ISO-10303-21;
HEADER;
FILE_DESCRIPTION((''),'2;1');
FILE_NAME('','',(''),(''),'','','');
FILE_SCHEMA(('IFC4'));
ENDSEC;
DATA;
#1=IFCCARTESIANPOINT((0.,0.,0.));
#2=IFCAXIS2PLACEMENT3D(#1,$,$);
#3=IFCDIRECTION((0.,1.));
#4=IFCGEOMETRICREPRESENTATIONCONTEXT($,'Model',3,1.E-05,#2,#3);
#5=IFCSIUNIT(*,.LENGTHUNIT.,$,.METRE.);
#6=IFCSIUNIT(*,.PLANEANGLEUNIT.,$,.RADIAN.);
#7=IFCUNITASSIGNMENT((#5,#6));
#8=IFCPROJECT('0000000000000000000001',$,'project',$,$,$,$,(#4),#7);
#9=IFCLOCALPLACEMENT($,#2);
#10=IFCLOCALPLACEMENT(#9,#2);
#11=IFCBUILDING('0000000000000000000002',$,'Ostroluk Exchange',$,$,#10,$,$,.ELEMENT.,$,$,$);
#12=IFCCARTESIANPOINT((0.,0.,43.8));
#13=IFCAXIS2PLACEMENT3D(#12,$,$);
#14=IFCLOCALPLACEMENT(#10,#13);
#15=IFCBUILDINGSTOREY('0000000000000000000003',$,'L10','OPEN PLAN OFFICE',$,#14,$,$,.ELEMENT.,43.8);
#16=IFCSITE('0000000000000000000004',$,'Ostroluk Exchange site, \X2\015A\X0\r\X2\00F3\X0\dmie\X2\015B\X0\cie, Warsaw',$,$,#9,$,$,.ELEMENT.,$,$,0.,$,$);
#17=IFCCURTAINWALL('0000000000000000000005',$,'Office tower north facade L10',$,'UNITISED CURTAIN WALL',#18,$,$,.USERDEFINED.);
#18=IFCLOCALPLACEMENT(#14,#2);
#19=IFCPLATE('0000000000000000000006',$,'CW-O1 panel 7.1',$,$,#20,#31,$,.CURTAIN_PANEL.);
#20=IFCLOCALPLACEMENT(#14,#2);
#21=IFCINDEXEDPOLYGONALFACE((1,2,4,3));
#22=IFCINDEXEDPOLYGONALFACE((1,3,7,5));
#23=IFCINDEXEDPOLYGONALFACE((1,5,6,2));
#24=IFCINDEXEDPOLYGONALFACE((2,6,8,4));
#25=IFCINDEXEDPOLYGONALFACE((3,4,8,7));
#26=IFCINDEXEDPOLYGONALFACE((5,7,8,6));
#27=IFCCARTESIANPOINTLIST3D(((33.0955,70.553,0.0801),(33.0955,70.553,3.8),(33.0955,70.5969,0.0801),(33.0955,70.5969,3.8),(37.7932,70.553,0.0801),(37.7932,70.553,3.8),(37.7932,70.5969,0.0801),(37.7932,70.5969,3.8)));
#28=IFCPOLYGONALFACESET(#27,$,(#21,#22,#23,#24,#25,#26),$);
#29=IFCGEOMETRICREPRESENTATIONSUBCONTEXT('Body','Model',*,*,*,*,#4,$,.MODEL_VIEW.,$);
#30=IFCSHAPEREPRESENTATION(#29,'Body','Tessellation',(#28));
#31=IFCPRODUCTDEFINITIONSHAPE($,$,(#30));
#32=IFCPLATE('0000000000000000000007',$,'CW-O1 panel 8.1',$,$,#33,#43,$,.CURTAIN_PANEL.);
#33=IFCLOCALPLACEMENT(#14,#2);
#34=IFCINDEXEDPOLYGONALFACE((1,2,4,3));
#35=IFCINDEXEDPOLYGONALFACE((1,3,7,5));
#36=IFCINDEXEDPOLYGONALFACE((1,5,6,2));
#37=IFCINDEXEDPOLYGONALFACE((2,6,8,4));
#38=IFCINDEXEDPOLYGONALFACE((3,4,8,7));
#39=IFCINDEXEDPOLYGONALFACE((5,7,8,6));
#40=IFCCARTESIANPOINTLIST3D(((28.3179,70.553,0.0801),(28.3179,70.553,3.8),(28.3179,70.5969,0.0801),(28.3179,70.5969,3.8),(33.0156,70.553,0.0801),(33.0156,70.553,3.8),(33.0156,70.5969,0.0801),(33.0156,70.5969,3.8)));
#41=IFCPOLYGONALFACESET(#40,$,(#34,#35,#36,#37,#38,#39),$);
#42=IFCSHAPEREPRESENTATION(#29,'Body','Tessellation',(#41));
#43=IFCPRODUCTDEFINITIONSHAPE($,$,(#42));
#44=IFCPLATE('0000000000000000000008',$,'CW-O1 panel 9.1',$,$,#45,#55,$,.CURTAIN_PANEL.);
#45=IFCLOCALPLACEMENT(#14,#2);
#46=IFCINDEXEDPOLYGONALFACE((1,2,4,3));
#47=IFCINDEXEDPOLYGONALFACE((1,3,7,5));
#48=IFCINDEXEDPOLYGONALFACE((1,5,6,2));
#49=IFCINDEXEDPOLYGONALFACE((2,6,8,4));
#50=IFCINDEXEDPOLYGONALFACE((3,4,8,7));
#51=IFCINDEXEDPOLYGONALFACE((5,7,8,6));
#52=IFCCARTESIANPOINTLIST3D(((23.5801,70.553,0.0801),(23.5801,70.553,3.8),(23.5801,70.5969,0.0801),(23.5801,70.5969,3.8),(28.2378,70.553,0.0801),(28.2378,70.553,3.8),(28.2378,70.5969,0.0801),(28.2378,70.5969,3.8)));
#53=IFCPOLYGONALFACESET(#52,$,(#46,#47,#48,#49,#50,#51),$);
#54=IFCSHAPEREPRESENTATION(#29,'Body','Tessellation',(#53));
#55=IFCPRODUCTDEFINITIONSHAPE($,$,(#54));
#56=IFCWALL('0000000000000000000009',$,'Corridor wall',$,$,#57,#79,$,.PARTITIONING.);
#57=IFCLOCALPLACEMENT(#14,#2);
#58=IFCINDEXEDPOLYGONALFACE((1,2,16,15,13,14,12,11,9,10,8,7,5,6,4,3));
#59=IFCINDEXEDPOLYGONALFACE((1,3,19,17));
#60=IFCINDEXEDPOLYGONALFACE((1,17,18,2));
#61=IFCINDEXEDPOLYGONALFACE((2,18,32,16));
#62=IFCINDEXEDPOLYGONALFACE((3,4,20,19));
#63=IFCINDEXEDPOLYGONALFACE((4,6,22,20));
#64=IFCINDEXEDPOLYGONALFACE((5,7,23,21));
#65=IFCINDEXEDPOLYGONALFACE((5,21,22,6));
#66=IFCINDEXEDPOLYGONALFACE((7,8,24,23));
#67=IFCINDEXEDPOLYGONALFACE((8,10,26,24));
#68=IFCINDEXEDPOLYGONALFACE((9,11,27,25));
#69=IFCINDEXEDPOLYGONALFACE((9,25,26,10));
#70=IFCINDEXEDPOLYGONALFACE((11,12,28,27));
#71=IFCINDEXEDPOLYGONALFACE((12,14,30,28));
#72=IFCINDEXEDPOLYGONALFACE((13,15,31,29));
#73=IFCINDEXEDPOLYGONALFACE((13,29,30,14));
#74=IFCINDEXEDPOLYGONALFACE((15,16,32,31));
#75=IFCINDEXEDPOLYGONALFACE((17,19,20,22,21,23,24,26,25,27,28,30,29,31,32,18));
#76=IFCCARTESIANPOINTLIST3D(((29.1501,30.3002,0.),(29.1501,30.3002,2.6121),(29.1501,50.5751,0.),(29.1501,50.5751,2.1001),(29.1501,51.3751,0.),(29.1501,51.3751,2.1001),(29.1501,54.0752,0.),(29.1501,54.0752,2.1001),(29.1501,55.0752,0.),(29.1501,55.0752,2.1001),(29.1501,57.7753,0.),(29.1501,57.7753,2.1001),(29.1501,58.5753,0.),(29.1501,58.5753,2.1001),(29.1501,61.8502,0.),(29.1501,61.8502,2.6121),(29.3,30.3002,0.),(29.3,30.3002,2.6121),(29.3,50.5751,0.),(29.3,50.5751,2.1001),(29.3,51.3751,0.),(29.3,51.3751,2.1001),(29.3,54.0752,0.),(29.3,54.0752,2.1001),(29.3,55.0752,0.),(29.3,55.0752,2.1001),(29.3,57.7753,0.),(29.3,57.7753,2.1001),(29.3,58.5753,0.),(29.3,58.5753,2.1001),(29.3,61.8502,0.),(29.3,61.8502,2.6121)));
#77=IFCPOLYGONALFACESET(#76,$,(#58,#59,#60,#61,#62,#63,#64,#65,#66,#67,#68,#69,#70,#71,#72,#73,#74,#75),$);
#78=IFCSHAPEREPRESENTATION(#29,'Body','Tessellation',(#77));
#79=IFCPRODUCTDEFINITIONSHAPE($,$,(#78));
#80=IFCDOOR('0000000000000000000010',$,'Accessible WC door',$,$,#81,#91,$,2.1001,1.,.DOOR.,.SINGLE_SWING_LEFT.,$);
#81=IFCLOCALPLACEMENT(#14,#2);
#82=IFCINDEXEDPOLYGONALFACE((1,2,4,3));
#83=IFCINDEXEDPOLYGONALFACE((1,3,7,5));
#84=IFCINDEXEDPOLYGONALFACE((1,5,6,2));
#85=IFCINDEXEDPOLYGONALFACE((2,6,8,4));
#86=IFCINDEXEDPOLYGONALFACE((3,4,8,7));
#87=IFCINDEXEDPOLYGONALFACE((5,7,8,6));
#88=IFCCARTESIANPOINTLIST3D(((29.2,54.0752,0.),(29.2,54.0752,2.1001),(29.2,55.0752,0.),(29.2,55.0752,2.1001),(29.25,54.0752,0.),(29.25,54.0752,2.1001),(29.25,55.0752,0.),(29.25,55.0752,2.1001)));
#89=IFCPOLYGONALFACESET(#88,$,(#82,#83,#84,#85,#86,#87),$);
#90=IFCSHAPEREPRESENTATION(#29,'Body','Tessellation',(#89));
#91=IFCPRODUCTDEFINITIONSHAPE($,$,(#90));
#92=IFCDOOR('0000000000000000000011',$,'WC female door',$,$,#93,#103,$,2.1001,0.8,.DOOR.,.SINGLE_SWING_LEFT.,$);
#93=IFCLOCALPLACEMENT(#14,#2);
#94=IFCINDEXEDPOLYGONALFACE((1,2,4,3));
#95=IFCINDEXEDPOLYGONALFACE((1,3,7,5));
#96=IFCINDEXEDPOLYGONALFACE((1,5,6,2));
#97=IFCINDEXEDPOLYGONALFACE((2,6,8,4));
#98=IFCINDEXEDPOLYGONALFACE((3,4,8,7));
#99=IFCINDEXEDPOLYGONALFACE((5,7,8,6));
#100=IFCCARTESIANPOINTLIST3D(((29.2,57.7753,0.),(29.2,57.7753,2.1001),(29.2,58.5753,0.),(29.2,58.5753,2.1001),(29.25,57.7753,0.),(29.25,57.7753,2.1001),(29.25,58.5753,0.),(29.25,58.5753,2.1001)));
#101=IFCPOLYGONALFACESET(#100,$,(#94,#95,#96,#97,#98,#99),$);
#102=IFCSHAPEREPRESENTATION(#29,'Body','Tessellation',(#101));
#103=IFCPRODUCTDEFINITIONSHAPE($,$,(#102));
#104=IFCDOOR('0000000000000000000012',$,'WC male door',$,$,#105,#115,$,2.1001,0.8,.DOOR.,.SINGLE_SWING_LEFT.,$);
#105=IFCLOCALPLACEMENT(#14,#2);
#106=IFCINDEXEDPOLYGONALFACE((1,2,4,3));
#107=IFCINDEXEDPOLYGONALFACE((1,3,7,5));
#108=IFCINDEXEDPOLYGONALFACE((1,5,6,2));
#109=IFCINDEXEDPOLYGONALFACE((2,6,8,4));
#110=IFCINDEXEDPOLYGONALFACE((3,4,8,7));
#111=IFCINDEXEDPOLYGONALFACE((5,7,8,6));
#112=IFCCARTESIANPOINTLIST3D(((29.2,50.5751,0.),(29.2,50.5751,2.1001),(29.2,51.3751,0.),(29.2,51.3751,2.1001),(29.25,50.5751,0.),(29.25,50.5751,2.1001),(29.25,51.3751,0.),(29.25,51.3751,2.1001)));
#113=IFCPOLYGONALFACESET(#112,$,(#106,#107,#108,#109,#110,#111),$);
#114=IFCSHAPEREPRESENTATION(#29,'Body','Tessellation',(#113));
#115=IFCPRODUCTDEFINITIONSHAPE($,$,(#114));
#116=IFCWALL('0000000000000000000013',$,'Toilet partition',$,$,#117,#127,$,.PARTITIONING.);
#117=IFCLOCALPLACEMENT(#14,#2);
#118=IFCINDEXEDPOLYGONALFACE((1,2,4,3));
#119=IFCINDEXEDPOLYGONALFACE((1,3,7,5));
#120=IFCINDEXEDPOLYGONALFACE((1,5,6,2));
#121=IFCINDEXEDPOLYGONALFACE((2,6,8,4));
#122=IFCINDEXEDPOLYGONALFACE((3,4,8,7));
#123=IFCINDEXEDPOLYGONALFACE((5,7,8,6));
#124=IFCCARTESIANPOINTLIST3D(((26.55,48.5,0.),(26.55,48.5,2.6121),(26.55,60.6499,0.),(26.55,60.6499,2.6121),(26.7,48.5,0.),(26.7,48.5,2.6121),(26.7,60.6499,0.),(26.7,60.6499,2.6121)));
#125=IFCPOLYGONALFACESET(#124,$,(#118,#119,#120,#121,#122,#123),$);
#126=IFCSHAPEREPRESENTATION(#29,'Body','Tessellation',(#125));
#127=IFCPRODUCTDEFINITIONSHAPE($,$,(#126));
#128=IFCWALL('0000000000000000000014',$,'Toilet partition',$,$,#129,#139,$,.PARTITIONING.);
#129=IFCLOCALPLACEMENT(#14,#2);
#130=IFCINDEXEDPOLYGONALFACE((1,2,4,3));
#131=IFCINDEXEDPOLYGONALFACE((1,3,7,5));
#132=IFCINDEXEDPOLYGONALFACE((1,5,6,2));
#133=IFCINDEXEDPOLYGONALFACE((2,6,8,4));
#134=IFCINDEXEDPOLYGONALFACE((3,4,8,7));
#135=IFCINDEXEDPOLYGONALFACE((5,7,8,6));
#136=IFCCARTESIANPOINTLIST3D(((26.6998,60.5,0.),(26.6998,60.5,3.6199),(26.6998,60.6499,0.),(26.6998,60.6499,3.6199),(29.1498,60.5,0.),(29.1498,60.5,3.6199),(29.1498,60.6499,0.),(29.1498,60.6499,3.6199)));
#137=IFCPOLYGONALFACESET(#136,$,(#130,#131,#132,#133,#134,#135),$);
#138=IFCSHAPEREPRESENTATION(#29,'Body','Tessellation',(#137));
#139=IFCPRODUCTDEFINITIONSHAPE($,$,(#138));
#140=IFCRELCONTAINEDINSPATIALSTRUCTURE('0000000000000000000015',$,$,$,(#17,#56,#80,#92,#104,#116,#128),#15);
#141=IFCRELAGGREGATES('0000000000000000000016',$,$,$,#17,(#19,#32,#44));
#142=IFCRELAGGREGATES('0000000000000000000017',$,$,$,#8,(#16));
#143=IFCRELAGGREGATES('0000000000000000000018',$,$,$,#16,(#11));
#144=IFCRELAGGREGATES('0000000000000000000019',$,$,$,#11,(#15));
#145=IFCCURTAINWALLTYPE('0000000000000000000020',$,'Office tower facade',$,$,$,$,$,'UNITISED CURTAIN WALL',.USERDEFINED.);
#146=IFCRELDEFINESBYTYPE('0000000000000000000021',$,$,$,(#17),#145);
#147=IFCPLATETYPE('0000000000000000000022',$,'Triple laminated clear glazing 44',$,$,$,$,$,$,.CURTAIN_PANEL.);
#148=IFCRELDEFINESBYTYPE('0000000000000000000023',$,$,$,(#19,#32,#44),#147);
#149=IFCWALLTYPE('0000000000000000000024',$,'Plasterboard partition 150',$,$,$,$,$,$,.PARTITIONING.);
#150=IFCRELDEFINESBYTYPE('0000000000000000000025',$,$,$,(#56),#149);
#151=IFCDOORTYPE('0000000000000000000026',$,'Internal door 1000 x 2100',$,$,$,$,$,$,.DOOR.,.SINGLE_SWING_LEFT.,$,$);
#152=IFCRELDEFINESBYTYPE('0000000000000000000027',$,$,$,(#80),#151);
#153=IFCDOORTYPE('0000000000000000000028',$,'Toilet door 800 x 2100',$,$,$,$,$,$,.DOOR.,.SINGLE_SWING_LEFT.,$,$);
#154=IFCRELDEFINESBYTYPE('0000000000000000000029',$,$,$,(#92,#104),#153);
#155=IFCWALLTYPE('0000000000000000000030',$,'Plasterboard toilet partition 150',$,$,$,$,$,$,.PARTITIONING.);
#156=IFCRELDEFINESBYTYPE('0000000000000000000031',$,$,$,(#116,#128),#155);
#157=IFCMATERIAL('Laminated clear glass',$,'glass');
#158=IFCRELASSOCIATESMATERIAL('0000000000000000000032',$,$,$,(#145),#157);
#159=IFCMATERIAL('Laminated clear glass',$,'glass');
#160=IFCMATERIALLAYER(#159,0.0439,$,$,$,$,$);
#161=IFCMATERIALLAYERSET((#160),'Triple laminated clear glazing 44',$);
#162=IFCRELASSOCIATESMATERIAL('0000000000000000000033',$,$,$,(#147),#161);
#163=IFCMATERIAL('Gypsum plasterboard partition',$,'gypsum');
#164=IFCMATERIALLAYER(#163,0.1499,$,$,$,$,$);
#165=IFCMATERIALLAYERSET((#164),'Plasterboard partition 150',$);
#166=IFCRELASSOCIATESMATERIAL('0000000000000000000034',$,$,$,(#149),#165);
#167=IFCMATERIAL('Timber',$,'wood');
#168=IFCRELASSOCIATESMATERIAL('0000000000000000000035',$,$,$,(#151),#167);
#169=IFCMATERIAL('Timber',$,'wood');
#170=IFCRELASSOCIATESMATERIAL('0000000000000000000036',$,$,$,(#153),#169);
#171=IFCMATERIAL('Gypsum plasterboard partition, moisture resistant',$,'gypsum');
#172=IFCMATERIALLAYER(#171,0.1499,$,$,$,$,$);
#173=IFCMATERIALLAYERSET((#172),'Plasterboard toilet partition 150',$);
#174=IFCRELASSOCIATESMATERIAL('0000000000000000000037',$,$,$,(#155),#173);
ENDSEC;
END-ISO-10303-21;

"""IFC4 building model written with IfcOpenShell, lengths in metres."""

from ifc_helpers import new_model, si_unit, direction, frame, frame_2d, origin, origin_2d, place, context, subcontext, project, spatial, rectangle, extrude, material, layer, layer_set, type_object, element, fill, aggregate, save


model = new_model("IFC4")

# Units and contexts
model_context = context("Model", 3, precision=1e-05, world=origin(), true_north=direction((0.0, 1.0)))
body_context = subcontext(model_context, "Body", "Model", "MODEL_VIEW")
ifc_project = project(units=[si_unit("LENGTHUNIT", "METRE"), si_unit("PLANEANGLEUNIT", "RADIAN")], contexts=[model_context])

# Site, building, storey
site_placement = place(None, origin())
site = spatial("IfcSite", under=ifc_project, at=site_placement, Name="Ostroluk Exchange site, Śródmieście, Warsaw", CompositionType="ELEMENT", RefElevation=0.0)
building_placement = place(site_placement, origin())
building = spatial("IfcBuilding", under=site, at=building_placement, Name="Ostroluk Exchange", CompositionType="ELEMENT")
storey_placement = place(building_placement, frame((0.0, 0.0, 43.8)))
storey = spatial("IfcBuildingStorey", under=building, at=storey_placement, Name="L10", Description="OPEN PLAN OFFICE", CompositionType="ELEMENT", Elevation=43.8)

# Curtain wall, plates
ifc_material_1 = material(Name="Laminated clear glass", Category="glass")
curtain_wall_type = type_object("IfcCurtainWallType", Name="Office tower facade", ElementType="UNITISED CURTAIN WALL", PredefinedType="USERDEFINED", material=ifc_material_1)
curtain_wall_placement = place(storey_placement, origin())
curtain_wall = element("IfcCurtainWall", 1, at=curtain_wall_placement, inside=storey, type_object=curtain_wall_type, Name="Office tower north facade L10", ObjectType="UNITISED CURTAIN WALL", PredefinedType="USERDEFINED")
ifc_material_2 = material(Name="Laminated clear glass", Category="glass")
ifc_layer_1 = layer(ifc_material_2, 0.0439)
ifc_layer_set_1 = layer_set([ifc_layer_1], Name="Triple laminated clear glazing 44")
plate_type = type_object("IfcPlateType", Name="Triple laminated clear glazing 44", PredefinedType="CURTAIN_PANEL", material=ifc_layer_set_1)
plate_1_placement = place(storey_placement, frame((35.4443, 70.575, 0.0801), z_axis=(0.0, 0.0, 1.0), x_axis=(-1.0, 0.0, 0.0)))
plate_1 = element("IfcPlate", 2, at=plate_1_placement, type_object=plate_type, Name="CW-O1 panel 7.1", PredefinedType="CURTAIN_PANEL", context=body_context, shape_type="SweptSolid", body=[
    extrude(rectangle(XDim=4.6978, YDim=0.0439, at=origin_2d()), origin(), (0.0, 0.0, 1.0), 3.72),
])
plate_2_placement = place(storey_placement, frame((30.6667, 70.575, 0.0801), z_axis=(0.0, 0.0, 1.0), x_axis=(-1.0, 0.0, 0.0)))
plate_2 = element("IfcPlate", 3, at=plate_2_placement, type_object=plate_type, Name="CW-O1 panel 8.1", PredefinedType="CURTAIN_PANEL", context=body_context, shape_type="SweptSolid", body=[
    extrude(rectangle(XDim=4.6978, YDim=0.0439, at=origin_2d()), origin(), (0.0, 0.0, 1.0), 3.72),
])
plate_3_placement = place(storey_placement, frame((25.9089, 70.575, 0.0801), z_axis=(0.0, 0.0, 1.0), x_axis=(-1.0, 0.0, 0.0)))
plate_3 = element("IfcPlate", 4, at=plate_3_placement, type_object=plate_type, Name="CW-O1 panel 9.1", PredefinedType="CURTAIN_PANEL", context=body_context, shape_type="SweptSolid", body=[
    extrude(rectangle(XDim=4.6577, YDim=0.0439, at=origin_2d()), origin(), (0.0, 0.0, 1.0), 3.72),
])
aggregate(curtain_wall, [plate_1, plate_2, plate_3])

# Wall, openings, doors
ifc_material_3 = material(Name="Gypsum plasterboard partition", Category="gypsum")
ifc_layer_2 = layer(ifc_material_3, 0.1499)
ifc_layer_set_2 = layer_set([ifc_layer_2], Name="Plasterboard partition 150")
wall_type_1 = type_object("IfcWallType", Name="Plasterboard partition 150", PredefinedType="PARTITIONING", material=ifc_layer_set_2)
wall_1_placement = place(storey_placement, frame((29.2251, 61.8501, 0.0), z_axis=(0.0, 0.0, 1.0), x_axis=(0.0, -1.0, 0.0)))
wall_1 = element("IfcWall", 5, at=wall_1_placement, inside=storey, type_object=wall_type_1, Name="Corridor wall", PredefinedType="PARTITIONING", context=body_context, shape_type="SweptSolid", body=[
    extrude(rectangle(XDim=31.55, YDim=0.1499, at=frame_2d((15.7749, 0.0))), origin(), (0.0, 0.0, 1.0), 2.6121),
])
opening_1_placement = place(wall_1_placement, frame((3.2749, 0.0, 0.0)))
opening_1 = element("IfcOpeningElement", 6, at=opening_1_placement, cuts=wall_1, PredefinedType="OPENING", context=body_context, shape_type="SweptSolid", body=[
    extrude(rectangle(XDim=0.8, YDim=2.1001, at=frame_2d((0.3999, 1.05))), frame((0.0, 0.085, 0.0), z_axis=(0.0, -1.0, 0.0), x_axis=(1.0, 0.0, 0.0)), (0.0, 0.0, 1.0), 0.1699),
])
opening_2_placement = place(wall_1_placement, frame((6.7749, 0.0, 0.0)))
opening_2 = element("IfcOpeningElement", 7, at=opening_2_placement, cuts=wall_1, PredefinedType="OPENING", context=body_context, shape_type="SweptSolid", body=[
    extrude(rectangle(XDim=1.0, YDim=2.1001, at=frame_2d((0.5, 1.05))), frame((0.0, 0.085, 0.0), z_axis=(0.0, -1.0, 0.0), x_axis=(1.0, 0.0, 0.0)), (0.0, 0.0, 1.0), 0.1699),
])
opening_3_placement = place(wall_1_placement, frame((10.4751, 0.0, 0.0)))
opening_3 = element("IfcOpeningElement", 8, at=opening_3_placement, cuts=wall_1, PredefinedType="OPENING", context=body_context, shape_type="SweptSolid", body=[
    extrude(rectangle(XDim=0.8, YDim=2.1001, at=frame_2d((0.3999, 1.05))), frame((0.0, 0.085, 0.0), z_axis=(0.0, -1.0, 0.0), x_axis=(1.0, 0.0, 0.0)), (0.0, 0.0, 1.0), 0.1699),
])
ifc_material_4 = material(Name="Timber", Category="wood")
door_type_1 = type_object("IfcDoorType", Name="Internal door 1000 x 2100", OperationType="SINGLE_SWING_LEFT", PredefinedType="DOOR", material=ifc_material_4)
door_1_placement = place(opening_2_placement, origin())
door_1 = element("IfcDoor", 9, at=door_1_placement, inside=storey, type_object=door_type_1, Name="Accessible WC door", OperationType="SINGLE_SWING_LEFT", OverallHeight=2.1001, OverallWidth=1.0, PredefinedType="DOOR", context=body_context, shape_type="SweptSolid", body=[
    extrude(rectangle(XDim=1.0, YDim=2.1001, at=frame_2d((0.5, 1.05))), frame((0.0, 0.0249, 0.0), z_axis=(0.0, -1.0, 0.0), x_axis=(1.0, 0.0, 0.0)), (0.0, 0.0, 1.0), 0.05),
])
fill(opening_2, door_1)
ifc_material_5 = material(Name="Timber", Category="wood")
door_type_2 = type_object("IfcDoorType", Name="Toilet door 800 x 2100", OperationType="SINGLE_SWING_LEFT", PredefinedType="DOOR", material=ifc_material_5)
door_2_placement = place(opening_1_placement, origin())
door_2 = element("IfcDoor", 10, at=door_2_placement, inside=storey, type_object=door_type_2, Name="WC female door", OperationType="SINGLE_SWING_LEFT", OverallHeight=2.1001, OverallWidth=0.8, PredefinedType="DOOR", context=body_context, shape_type="SweptSolid", body=[
    extrude(rectangle(XDim=0.8, YDim=2.1001, at=frame_2d((0.3999, 1.05))), frame((0.0, 0.0249, 0.0), z_axis=(0.0, -1.0, 0.0), x_axis=(1.0, 0.0, 0.0)), (0.0, 0.0, 1.0), 0.05),
])
fill(opening_1, door_2)
door_3_placement = place(opening_3_placement, origin())
door_3 = element("IfcDoor", 11, at=door_3_placement, inside=storey, type_object=door_type_2, Name="WC male door", OperationType="SINGLE_SWING_LEFT", OverallHeight=2.1001, OverallWidth=0.8, PredefinedType="DOOR", context=body_context, shape_type="SweptSolid", body=[
    extrude(rectangle(XDim=0.8, YDim=2.1001, at=frame_2d((0.3999, 1.05))), frame((0.0, 0.0249, 0.0), z_axis=(0.0, -1.0, 0.0), x_axis=(1.0, 0.0, 0.0)), (0.0, 0.0, 1.0), 0.05),
])
fill(opening_3, door_3)

# Walls
ifc_material_6 = material(Name="Gypsum plasterboard partition, moisture resistant", Category="gypsum")
ifc_layer_3 = layer(ifc_material_6, 0.1499)
ifc_layer_set_3 = layer_set([ifc_layer_3], Name="Plasterboard toilet partition 150")
wall_type_2 = type_object("IfcWallType", Name="Plasterboard toilet partition 150", PredefinedType="PARTITIONING", material=ifc_layer_set_3)
wall_2_placement = place(storey_placement, frame((26.625, 60.6499, 0.0), z_axis=(0.0, 0.0, 1.0), x_axis=(0.0, -1.0, 0.0)))
element("IfcWall", 12, at=wall_2_placement, inside=storey, type_object=wall_type_2, Name="Toilet partition", PredefinedType="PARTITIONING", context=body_context, shape_type="SweptSolid", body=[
    extrude(rectangle(XDim=12.1499, YDim=0.1499, at=frame_2d((6.075, 0.0))), origin(), (0.0, 0.0, 1.0), 2.6121),
])
wall_3_placement = place(storey_placement, frame((29.1499, 60.575, 0.0), z_axis=(0.0, 0.0, 1.0), x_axis=(-1.0, 0.0, 0.0)))
element("IfcWall", 13, at=wall_3_placement, inside=storey, type_object=wall_type_2, Name="Toilet partition", PredefinedType="PARTITIONING", context=body_context, shape_type="SweptSolid", body=[
    extrude(rectangle(XDim=2.45, YDim=0.1499, at=frame_2d((1.2251, 0.0))), origin(), (0.0, 0.0, 1.0), 3.6199),
])

save(model, "model.ifc")
